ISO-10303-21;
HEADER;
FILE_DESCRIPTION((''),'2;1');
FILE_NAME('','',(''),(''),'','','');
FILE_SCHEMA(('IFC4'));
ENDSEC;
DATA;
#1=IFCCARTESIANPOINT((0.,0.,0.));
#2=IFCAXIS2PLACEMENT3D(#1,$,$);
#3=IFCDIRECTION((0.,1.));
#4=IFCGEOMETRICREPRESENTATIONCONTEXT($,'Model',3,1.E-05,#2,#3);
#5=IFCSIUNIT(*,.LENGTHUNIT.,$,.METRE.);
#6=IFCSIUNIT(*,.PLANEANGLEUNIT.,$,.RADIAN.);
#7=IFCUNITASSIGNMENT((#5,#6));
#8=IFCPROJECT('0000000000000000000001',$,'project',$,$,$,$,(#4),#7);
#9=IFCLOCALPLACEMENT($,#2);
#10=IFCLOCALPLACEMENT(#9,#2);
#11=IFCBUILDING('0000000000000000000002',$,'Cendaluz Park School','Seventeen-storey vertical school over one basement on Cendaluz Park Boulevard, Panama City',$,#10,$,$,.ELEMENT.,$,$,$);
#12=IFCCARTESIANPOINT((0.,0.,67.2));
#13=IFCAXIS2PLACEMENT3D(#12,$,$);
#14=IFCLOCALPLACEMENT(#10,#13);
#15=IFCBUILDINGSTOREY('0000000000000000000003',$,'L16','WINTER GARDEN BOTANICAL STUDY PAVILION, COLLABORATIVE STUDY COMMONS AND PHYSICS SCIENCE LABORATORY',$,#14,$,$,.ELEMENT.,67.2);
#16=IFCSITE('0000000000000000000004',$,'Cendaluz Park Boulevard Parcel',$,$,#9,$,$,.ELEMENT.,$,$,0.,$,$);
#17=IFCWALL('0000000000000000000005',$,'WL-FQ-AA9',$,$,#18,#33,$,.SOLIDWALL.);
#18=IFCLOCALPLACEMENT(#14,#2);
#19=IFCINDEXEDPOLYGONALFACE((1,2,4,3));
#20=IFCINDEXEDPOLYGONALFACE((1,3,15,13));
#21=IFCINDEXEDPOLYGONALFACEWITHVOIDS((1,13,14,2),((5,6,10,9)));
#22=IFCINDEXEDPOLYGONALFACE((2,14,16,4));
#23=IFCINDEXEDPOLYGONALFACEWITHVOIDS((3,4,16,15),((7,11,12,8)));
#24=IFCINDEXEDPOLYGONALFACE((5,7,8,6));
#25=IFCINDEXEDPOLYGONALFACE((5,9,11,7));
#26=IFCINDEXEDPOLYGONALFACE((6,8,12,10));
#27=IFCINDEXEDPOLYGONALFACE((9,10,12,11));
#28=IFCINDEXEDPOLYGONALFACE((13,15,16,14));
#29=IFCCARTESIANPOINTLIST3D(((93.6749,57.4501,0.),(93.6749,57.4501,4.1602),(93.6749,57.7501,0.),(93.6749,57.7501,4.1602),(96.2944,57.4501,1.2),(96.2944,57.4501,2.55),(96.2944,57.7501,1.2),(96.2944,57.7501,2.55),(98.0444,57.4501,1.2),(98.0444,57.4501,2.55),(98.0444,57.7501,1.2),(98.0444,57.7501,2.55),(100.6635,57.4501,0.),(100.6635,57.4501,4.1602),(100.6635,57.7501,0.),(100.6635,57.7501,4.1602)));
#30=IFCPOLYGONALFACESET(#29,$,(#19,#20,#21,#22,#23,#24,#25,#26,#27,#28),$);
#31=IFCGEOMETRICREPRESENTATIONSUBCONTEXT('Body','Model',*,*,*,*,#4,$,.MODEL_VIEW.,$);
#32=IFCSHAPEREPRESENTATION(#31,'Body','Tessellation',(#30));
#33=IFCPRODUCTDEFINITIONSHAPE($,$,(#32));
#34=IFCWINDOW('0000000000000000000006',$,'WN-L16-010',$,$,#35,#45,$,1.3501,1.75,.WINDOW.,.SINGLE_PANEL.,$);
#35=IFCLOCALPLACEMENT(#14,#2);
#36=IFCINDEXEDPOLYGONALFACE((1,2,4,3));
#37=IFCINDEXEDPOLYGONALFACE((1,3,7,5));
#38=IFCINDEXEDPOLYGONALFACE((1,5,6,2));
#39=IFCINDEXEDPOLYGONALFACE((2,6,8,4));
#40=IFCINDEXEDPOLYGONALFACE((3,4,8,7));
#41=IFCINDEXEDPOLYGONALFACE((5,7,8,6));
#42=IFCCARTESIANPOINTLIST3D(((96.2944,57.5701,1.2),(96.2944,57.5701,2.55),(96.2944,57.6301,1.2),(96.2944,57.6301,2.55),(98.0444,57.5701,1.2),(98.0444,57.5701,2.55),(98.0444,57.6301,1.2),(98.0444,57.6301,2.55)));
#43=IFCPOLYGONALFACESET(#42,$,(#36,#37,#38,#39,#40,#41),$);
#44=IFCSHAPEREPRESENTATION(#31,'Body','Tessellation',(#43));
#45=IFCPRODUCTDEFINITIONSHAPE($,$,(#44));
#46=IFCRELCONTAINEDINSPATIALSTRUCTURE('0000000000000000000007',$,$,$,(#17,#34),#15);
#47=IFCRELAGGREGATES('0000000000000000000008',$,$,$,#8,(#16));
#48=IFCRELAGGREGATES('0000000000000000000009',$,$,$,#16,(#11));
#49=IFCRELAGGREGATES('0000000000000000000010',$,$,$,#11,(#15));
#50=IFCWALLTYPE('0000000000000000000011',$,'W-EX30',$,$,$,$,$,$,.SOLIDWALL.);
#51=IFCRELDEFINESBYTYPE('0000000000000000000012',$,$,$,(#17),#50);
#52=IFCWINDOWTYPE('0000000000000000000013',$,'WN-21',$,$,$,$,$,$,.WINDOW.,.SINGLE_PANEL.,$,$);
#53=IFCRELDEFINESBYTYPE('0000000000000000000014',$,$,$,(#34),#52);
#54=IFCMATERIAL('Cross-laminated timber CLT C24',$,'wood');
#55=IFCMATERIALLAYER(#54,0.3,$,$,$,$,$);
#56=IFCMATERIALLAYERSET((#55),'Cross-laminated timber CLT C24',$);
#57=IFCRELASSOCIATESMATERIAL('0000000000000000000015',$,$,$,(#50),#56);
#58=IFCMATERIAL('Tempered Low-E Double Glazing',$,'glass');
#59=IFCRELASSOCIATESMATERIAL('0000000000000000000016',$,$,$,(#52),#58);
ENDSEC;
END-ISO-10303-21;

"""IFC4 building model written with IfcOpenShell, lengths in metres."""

from ifc_helpers import new_model, si_unit, direction, frame, frame_2d, origin, place, context, subcontext, project, spatial, rectangle, extrude, material, layer, layer_set, type_object, element, fill, save


model = new_model("IFC4")

# Units and contexts
model_context = context("Model", 3, precision=1e-05, world=origin(), true_north=direction((0.0, 1.0)))
body_context = subcontext(model_context, "Body", "Model", "MODEL_VIEW")
ifc_project = project(units=[si_unit("LENGTHUNIT", "METRE"), si_unit("PLANEANGLEUNIT", "RADIAN")], contexts=[model_context])

# Site, building, storey
site_placement = place(None, origin())
site = spatial("IfcSite", under=ifc_project, at=site_placement, Name="Cendaluz Park Boulevard Parcel", CompositionType="ELEMENT", RefElevation=0.0)
building_placement = place(site_placement, origin())
building = spatial("IfcBuilding", under=site, at=building_placement, Name="Cendaluz Park School", Description="Seventeen-storey vertical school over one basement on Cendaluz Park Boulevard, Panama City", CompositionType="ELEMENT")
storey_placement = place(building_placement, frame((0.0, 0.0, 67.2)))
storey = spatial("IfcBuildingStorey", under=building, at=storey_placement, Name="L16", Description="WINTER GARDEN BOTANICAL STUDY PAVILION, COLLABORATIVE STUDY COMMONS AND PHYSICS SCIENCE LABORATORY", CompositionType="ELEMENT", Elevation=67.2)

# Wall, opening, window
ifc_material_1 = material(Name="Cross-laminated timber CLT C24", Category="wood")
ifc_layer_1 = layer(ifc_material_1, 0.3)
ifc_layer_set_1 = layer_set([ifc_layer_1], Name="Cross-laminated timber CLT C24")
wall_type_1 = type_object("IfcWallType", Name="W-EX30", PredefinedType="SOLIDWALL", material=ifc_layer_set_1)
ifc_material_2 = material(Name="Tempered Low-E Double Glazing", Category="glass")
wall_1_placement = place(storey_placement, frame((93.675, 57.6001, 0.0), z_axis=(0.0, 0.0, 1.0), x_axis=(1.0, 0.0, 0.0)))
wall_1 = element("IfcWall", 1, at=wall_1_placement, inside=storey, type_object=wall_type_1, Name="WL-FQ-AA9", PredefinedType="SOLIDWALL", context=body_context, shape_type="SweptSolid", body=[
    extrude(rectangle(XDim=6.9885, YDim=0.3, at=frame_2d((3.4941, 0.0))), origin(), (0.0, 0.0, 1.0), 4.1602),
])
opening_1_placement = place(wall_1_placement, frame((2.6194, 0.0, 1.2)))
opening_1 = element("IfcOpeningElement", 2, at=opening_1_placement, cuts=wall_1, PredefinedType="OPENING", context=body_context, shape_type="SweptSolid", body=[
    extrude(rectangle(XDim=1.75, YDim=1.3501, at=frame_2d((0.875, 0.675))), frame((0.0, 0.1621, 0.0), z_axis=(0.0, -1.0, 0.0), x_axis=(1.0, 0.0, 0.0)), (0.0, 0.0, 1.0), 0.324),
])
window_type_1 = type_object("IfcWindowType", Name="WN-21", PartitioningType="SINGLE_PANEL", PredefinedType="WINDOW", material=ifc_material_2)
window_1_placement = place(opening_1_placement, origin())
window_1 = element("IfcWindow", 3, at=window_1_placement, inside=storey, type_object=window_type_1, Name="WN-L16-010", OverallHeight=1.3501, OverallWidth=1.75, PartitioningType="SINGLE_PANEL", PredefinedType="WINDOW", context=body_context, shape_type="SweptSolid", body=[
    extrude(rectangle(XDim=1.75, YDim=1.3501, at=frame_2d((0.875, 0.675))), frame((0.0, 0.03, 0.0), z_axis=(0.0, -1.0, 0.0), x_axis=(1.0, 0.0, 0.0)), (0.0, 0.0, 1.0), 0.0601),
])
fill(opening_1, window_1)

save(model, "model.ifc")
